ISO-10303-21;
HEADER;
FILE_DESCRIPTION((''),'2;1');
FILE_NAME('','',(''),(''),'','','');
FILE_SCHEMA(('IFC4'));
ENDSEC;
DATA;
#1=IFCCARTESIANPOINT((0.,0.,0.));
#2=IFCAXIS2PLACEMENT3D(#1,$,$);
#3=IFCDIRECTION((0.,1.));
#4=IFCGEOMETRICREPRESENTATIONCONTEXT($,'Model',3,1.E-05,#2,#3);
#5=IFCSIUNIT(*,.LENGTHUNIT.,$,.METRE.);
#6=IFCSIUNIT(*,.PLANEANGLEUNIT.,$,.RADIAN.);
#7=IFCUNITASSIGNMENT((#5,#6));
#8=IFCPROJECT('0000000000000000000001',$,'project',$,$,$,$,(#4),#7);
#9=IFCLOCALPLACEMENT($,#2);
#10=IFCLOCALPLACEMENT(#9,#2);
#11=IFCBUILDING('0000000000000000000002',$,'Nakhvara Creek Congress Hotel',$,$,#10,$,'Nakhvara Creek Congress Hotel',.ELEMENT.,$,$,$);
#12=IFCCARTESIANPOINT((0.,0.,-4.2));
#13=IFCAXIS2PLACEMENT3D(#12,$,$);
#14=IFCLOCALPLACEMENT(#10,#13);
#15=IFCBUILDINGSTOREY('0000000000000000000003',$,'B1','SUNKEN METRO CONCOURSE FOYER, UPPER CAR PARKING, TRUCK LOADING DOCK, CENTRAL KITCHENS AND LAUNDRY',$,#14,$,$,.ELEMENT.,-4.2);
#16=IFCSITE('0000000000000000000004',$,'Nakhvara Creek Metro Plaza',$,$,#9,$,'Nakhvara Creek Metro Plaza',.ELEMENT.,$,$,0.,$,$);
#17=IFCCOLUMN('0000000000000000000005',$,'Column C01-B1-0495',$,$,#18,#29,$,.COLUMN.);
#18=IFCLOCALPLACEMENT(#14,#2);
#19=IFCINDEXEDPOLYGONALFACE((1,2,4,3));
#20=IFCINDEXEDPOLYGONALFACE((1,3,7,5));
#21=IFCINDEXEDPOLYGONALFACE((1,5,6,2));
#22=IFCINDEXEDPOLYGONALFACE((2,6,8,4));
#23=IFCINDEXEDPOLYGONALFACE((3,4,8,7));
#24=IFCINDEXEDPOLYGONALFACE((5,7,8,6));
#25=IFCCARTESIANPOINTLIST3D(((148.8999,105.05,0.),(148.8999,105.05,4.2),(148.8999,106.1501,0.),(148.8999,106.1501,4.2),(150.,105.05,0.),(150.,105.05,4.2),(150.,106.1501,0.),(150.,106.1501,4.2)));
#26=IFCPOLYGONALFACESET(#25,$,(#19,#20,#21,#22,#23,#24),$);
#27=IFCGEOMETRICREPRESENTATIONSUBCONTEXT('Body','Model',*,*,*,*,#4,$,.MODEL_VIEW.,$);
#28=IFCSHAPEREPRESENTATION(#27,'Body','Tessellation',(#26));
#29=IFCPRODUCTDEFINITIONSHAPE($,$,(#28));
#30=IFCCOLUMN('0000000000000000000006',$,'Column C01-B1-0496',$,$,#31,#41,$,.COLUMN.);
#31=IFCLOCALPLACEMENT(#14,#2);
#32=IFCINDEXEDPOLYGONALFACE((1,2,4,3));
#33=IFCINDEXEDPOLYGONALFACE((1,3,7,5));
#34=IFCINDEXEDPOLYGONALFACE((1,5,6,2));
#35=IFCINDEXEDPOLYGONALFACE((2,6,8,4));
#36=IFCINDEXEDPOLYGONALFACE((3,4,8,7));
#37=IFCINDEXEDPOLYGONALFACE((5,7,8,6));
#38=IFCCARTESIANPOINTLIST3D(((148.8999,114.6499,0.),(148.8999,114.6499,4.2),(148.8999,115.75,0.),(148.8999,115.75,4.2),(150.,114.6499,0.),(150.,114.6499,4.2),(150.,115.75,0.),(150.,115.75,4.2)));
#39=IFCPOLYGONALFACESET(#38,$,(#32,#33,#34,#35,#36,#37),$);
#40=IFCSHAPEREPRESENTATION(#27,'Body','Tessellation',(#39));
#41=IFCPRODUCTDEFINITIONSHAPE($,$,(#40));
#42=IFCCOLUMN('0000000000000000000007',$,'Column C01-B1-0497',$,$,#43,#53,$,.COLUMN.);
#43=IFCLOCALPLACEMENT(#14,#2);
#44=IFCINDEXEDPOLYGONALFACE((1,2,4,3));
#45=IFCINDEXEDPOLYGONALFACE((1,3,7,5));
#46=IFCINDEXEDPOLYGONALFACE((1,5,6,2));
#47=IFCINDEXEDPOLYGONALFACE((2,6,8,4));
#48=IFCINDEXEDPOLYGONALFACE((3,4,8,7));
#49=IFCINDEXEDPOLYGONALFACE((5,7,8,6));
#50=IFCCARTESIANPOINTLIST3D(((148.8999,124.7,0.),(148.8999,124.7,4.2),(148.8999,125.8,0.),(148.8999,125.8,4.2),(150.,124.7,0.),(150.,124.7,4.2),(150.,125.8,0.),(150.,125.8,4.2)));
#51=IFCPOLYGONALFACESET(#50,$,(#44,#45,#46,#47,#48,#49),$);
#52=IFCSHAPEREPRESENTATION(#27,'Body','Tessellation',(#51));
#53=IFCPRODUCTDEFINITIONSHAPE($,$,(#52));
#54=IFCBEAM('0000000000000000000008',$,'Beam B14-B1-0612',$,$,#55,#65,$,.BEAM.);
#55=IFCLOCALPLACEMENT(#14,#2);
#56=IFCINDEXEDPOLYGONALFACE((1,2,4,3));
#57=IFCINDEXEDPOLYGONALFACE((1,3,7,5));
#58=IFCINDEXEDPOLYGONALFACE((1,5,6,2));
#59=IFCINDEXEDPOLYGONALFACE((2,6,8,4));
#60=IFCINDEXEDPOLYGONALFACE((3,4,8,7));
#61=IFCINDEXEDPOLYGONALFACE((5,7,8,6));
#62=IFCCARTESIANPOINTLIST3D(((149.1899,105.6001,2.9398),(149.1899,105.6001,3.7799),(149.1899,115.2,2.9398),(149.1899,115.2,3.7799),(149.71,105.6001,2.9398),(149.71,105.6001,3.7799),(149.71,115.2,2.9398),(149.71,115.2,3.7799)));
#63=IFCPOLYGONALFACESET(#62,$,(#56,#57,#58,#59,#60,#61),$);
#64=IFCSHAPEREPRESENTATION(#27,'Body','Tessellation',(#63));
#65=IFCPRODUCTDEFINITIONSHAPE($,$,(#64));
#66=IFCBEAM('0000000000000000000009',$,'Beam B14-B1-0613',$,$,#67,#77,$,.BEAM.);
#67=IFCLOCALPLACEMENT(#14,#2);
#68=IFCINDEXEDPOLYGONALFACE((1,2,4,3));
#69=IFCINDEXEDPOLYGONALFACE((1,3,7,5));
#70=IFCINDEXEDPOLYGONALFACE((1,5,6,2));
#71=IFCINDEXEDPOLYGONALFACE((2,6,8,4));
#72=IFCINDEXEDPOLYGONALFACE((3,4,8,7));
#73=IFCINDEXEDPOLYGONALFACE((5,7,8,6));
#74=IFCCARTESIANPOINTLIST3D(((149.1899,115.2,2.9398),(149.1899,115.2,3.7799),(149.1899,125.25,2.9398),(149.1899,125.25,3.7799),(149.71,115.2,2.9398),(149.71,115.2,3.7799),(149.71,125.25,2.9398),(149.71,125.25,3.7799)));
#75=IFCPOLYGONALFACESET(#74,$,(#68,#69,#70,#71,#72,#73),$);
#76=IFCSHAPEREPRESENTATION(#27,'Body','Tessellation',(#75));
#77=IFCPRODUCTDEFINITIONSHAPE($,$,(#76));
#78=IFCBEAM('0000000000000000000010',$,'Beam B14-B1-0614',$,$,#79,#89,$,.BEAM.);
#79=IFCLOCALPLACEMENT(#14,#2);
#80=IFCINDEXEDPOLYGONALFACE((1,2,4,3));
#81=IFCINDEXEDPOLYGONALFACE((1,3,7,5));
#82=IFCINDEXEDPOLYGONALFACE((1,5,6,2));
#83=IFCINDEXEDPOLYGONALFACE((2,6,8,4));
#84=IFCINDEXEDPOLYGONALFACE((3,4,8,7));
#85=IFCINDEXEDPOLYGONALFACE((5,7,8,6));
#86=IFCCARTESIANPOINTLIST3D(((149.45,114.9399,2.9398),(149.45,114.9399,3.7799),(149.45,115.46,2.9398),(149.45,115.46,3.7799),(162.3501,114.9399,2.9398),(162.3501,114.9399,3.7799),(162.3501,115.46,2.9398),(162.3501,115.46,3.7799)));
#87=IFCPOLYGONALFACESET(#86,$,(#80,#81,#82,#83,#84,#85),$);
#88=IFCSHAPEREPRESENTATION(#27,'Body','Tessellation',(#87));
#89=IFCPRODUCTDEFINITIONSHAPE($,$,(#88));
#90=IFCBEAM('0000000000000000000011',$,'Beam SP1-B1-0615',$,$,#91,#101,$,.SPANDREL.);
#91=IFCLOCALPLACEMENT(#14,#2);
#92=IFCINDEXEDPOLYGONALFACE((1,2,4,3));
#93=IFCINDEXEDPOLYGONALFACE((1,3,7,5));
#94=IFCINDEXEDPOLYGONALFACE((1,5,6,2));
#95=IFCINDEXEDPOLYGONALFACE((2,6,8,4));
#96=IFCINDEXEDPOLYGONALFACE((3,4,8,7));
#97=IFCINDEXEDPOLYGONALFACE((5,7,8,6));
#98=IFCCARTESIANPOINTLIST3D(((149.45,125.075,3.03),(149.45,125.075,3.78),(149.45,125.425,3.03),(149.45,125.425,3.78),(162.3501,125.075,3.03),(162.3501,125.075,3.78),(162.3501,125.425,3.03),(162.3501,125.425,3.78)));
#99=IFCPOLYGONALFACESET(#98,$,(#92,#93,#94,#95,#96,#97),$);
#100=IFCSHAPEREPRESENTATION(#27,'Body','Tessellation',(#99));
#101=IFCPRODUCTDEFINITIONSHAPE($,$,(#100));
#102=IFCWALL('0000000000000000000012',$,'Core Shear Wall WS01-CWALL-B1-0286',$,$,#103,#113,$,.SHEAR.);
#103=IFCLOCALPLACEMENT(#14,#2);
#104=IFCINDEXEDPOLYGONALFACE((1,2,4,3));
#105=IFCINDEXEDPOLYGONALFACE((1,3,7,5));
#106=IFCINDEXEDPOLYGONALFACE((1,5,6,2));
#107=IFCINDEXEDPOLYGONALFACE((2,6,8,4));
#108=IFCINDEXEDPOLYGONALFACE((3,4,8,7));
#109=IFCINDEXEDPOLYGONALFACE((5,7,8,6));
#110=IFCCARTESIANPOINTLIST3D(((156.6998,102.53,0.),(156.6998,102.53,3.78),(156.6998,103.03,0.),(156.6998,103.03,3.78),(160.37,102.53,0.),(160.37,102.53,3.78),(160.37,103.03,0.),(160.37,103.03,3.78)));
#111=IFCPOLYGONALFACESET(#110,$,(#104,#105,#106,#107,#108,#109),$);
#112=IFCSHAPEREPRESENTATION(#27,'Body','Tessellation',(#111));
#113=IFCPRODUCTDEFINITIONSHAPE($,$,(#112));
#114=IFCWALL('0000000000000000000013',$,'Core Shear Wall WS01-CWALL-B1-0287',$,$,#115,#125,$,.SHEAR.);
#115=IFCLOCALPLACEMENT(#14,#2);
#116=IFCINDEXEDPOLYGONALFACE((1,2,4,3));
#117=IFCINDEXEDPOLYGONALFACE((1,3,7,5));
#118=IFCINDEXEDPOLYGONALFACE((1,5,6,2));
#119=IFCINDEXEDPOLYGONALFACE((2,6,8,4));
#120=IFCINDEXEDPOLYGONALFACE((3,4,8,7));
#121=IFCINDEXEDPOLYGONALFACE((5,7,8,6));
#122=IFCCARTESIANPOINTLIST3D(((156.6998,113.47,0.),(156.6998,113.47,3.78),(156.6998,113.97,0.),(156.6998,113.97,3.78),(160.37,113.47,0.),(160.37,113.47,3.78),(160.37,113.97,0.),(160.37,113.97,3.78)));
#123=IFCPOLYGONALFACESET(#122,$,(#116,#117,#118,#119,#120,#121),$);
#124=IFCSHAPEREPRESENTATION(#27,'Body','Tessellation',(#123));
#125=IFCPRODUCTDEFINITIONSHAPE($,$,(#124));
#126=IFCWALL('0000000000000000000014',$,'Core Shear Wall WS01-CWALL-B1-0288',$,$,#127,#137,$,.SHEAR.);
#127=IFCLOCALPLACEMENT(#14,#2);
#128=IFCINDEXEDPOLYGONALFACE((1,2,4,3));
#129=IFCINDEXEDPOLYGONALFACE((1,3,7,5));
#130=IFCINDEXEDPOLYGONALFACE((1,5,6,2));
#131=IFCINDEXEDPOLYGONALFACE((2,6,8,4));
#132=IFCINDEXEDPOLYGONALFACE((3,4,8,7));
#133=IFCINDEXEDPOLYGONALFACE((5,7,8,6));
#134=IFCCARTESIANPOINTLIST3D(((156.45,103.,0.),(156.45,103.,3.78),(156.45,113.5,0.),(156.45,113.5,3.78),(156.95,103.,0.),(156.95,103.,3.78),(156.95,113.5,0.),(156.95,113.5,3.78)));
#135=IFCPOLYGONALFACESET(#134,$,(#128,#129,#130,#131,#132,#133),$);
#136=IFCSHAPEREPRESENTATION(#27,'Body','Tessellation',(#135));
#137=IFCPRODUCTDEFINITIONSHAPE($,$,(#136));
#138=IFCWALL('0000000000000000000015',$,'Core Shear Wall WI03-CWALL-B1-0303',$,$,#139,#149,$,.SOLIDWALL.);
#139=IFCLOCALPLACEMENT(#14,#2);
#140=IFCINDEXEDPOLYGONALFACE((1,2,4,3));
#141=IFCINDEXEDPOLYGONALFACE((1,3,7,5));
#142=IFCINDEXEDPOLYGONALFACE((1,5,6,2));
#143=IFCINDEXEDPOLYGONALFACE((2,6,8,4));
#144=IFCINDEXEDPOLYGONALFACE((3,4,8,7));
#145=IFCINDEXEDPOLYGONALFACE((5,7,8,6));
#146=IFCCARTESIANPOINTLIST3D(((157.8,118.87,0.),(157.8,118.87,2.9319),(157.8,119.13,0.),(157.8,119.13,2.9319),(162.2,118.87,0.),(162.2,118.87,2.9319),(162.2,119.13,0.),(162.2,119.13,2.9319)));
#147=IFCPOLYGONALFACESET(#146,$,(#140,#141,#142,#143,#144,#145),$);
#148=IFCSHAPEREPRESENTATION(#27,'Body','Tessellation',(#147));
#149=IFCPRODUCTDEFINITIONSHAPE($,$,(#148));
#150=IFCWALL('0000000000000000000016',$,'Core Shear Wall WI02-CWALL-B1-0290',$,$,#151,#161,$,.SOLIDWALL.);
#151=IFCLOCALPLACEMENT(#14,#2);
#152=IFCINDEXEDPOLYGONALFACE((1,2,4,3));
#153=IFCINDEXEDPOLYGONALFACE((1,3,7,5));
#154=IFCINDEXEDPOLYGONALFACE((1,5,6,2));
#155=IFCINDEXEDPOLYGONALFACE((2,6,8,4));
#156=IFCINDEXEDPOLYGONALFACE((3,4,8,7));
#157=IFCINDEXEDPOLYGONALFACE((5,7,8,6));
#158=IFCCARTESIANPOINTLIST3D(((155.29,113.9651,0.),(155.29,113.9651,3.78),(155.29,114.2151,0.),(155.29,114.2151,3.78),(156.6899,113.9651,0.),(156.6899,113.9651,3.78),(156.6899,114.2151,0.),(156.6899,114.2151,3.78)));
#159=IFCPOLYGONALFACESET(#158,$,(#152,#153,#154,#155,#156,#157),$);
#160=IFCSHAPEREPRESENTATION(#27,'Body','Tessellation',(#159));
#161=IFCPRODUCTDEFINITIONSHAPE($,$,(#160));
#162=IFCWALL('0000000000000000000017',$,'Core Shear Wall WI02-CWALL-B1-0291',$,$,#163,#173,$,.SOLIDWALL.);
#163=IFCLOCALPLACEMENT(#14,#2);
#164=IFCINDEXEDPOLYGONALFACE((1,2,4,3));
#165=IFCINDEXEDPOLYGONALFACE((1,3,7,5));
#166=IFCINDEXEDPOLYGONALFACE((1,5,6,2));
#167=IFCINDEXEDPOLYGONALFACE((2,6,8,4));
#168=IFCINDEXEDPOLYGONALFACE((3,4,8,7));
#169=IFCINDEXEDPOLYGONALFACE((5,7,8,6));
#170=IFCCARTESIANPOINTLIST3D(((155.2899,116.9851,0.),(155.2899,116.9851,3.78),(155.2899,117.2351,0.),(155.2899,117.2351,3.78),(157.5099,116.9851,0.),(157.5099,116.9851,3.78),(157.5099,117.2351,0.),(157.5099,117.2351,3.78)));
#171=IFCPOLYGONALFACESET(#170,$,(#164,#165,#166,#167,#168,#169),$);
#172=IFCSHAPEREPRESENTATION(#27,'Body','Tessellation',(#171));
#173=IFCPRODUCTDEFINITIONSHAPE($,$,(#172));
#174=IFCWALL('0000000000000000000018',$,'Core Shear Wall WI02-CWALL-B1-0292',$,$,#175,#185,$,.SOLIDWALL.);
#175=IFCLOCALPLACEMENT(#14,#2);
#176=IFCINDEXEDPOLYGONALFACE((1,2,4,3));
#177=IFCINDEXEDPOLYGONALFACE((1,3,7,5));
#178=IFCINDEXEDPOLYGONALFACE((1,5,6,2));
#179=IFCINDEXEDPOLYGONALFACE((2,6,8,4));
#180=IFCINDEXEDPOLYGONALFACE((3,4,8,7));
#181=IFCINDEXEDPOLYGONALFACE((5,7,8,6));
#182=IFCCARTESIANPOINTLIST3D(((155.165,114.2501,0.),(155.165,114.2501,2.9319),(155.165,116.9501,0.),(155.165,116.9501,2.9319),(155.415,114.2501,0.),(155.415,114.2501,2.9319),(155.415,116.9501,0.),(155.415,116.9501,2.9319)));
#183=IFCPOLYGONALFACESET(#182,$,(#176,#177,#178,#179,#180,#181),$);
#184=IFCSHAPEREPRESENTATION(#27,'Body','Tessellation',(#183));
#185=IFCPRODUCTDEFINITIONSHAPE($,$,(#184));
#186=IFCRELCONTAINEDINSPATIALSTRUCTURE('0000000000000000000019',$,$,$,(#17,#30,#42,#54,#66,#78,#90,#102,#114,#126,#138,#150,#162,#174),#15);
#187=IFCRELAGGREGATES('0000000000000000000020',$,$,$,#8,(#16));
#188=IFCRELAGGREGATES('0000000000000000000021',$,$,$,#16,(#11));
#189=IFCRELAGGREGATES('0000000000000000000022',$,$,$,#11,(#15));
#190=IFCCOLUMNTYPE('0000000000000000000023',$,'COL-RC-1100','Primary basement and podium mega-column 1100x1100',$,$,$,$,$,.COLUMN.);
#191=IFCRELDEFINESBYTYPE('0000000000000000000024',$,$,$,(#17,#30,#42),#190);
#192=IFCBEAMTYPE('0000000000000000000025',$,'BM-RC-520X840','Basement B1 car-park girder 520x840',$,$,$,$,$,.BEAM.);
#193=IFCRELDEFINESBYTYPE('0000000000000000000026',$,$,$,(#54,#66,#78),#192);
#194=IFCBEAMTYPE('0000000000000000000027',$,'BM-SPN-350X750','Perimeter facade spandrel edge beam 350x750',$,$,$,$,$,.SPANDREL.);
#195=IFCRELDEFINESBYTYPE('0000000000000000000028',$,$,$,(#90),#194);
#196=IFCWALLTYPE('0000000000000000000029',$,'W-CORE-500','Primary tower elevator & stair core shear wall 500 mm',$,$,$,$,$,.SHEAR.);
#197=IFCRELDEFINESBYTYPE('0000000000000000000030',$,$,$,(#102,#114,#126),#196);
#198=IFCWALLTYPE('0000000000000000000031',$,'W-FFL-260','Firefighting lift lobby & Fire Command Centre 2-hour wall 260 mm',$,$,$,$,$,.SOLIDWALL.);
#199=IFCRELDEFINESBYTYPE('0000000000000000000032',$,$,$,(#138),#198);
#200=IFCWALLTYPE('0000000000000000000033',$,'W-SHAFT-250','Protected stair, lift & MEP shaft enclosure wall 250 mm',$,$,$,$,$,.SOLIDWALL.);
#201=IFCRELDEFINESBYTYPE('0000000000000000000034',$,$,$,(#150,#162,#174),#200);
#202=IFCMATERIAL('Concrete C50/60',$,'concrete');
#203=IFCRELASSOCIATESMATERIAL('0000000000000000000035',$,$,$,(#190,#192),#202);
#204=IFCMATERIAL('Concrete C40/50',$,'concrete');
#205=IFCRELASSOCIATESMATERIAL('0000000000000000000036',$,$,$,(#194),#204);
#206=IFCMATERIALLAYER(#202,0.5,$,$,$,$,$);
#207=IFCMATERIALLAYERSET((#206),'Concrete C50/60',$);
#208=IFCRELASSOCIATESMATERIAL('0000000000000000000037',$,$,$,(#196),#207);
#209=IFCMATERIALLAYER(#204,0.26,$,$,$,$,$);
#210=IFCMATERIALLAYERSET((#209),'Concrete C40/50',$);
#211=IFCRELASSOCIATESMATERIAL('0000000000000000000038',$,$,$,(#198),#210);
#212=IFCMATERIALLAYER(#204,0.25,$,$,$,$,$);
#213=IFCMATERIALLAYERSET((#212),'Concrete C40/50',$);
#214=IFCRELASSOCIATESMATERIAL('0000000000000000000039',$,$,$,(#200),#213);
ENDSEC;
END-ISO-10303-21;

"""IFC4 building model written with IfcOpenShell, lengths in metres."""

from ifc_helpers import new_model, si_unit, direction, frame, frame_2d, origin, origin_2d, place, context, subcontext, project, spatial, rectangle, extrude, material, layer, layer_set, material_profile, profile_set, type_object, element, save


model = new_model("IFC4")

# Units and contexts
model_context = context("Model", 3, precision=1e-05, world=origin(), true_north=direction((0.0, 1.0)))
body_context = subcontext(model_context, "Body", "Model", "MODEL_VIEW")
ifc_project = project(units=[si_unit("LENGTHUNIT", "METRE"), si_unit("PLANEANGLEUNIT", "RADIAN")], contexts=[model_context])

# Site, building, storey
site_placement = place(None, origin())
site = spatial("IfcSite", under=ifc_project, at=site_placement, Name="Nakhvara Creek Metro Plaza", LongName="Nakhvara Creek Metro Plaza", CompositionType="ELEMENT", RefElevation=0.0)
building_placement = place(site_placement, origin())
building = spatial("IfcBuilding", under=site, at=building_placement, Name="Nakhvara Creek Congress Hotel", LongName="Nakhvara Creek Congress Hotel", CompositionType="ELEMENT")
storey_placement = place(building_placement, frame((0.0, 0.0, -4.2)))
storey = spatial("IfcBuildingStorey", under=building, at=storey_placement, Name="B1", Description="SUNKEN METRO CONCOURSE FOYER, UPPER CAR PARKING, TRUCK LOADING DOCK, CENTRAL KITCHENS AND LAUNDRY", CompositionType="ELEMENT", Elevation=-4.2)

# Columns
ifc_material_1 = material(Name="Concrete C50/60", Category="concrete")
ifc_material_profile_1 = material_profile(ifc_material_1, rectangle(XDim=1.1001, YDim=1.1001, at=origin_2d()), Name="RC-COL 1100x1100", Category="LoadBearing")
ifc_profile_set_1 = profile_set([ifc_material_profile_1], Name="Concrete C50/60")
column_type = type_object("IfcColumnType", Name="COL-RC-1100", Description="Primary basement and podium mega-column 1100x1100", PredefinedType="COLUMN", material=ifc_profile_set_1)
for number, where, z_axis, x_axis, name in (
    (1, (149.45, 105.6001, 0.0), (0.0, 0.0, 1.0), (1.0, 0.0, 0.0), "Column C01-B1-0495"),
    (2, (149.45, 115.2, 0.0), (0.0, 0.0, 1.0), (1.0, 0.0, 0.0), "Column C01-B1-0496"),
    (3, (149.45, 125.25, 0.0), (0.0, 0.0, 1.0), (1.0, 0.0, 0.0), "Column C01-B1-0497"),
):
    element("IfcColumn", number, at=place(storey_placement, frame(where, z_axis=z_axis, x_axis=x_axis)), inside=storey, type_object=column_type, Name=name, PredefinedType="COLUMN", context=body_context, shape_type="SweptSolid", body=[
        extrude(rectangle(XDim=1.1001, YDim=1.1001, at=origin_2d()), origin(), (0.0, 0.0, 1.0), 4.2),
    ])

# Beams
ifc_material_profile_2 = material_profile(ifc_material_1, rectangle(XDim=0.52, YDim=0.8401, at=origin_2d()), Name="RC-BM 520x840", Category="LoadBearing")
ifc_profile_set_2 = profile_set([ifc_material_profile_2], Name="Concrete C50/60")
beam_type_1 = type_object("IfcBeamType", Name="BM-RC-520X840", Description="Basement B1 car-park girder 520x840", PredefinedType="BEAM", material=ifc_profile_set_2)
beam_1_placement = place(storey_placement, frame((149.45, 105.6001, 3.3599), z_axis=(0.0, 1.0, 0.0), x_axis=(-1.0, 0.0, 0.0)))
element("IfcBeam", 4, at=beam_1_placement, inside=storey, type_object=beam_type_1, Name="Beam B14-B1-0612", PredefinedType="BEAM", context=body_context, shape_type="SweptSolid", body=[
    extrude(rectangle(XDim=0.52, YDim=0.8401, at=origin_2d()), origin(), (0.0, 0.0, 1.0), 9.5999),
])
beam_2_placement = place(storey_placement, frame((149.45, 115.2, 3.3599), z_axis=(0.0, 1.0, 0.0), x_axis=(-1.0, 0.0, 0.0)))
element("IfcBeam", 5, at=beam_2_placement, inside=storey, type_object=beam_type_1, Name="Beam B14-B1-0613", PredefinedType="BEAM", context=body_context, shape_type="SweptSolid", body=[
    extrude(rectangle(XDim=0.52, YDim=0.8401, at=origin_2d()), origin(), (0.0, 0.0, 1.0), 10.05),
])
beam_3_placement = place(storey_placement, frame((149.45, 115.2, 3.3599), z_axis=(1.0, 0.0, 0.0), x_axis=(0.0, 1.0, 0.0)))
element("IfcBeam", 6, at=beam_3_placement, inside=storey, type_object=beam_type_1, Name="Beam B14-B1-0614", PredefinedType="BEAM", context=body_context, shape_type="SweptSolid", body=[
    extrude(rectangle(XDim=0.52, YDim=0.8401, at=origin_2d()), origin(), (0.0, 0.0, 1.0), 12.9001),
])
ifc_material_2 = material(Name="Concrete C40/50", Category="concrete")
ifc_material_profile_3 = material_profile(ifc_material_2, rectangle(XDim=0.3501, YDim=0.75, at=origin_2d()), Name="RC-SPANDREL 350x750", Category="LoadBearing")
ifc_profile_set_3 = profile_set([ifc_material_profile_3], Name="Concrete C40/50")
beam_type_2 = type_object("IfcBeamType", Name="BM-SPN-350X750", Description="Perimeter facade spandrel edge beam 350x750", PredefinedType="SPANDREL", material=ifc_profile_set_3)
beam_4_placement = place(storey_placement, frame((149.45, 125.25, 3.405), z_axis=(1.0, 0.0, 0.0), x_axis=(0.0, 1.0, 0.0)))
element("IfcBeam", 7, at=beam_4_placement, inside=storey, type_object=beam_type_2, Name="Beam SP1-B1-0615", PredefinedType="SPANDREL", context=body_context, shape_type="SweptSolid", body=[
    extrude(rectangle(XDim=0.3501, YDim=0.75, at=origin_2d()), origin(), (0.0, 0.0, 1.0), 12.9001),
])

# Walls
ifc_layer_1 = layer(ifc_material_1, 0.5)
ifc_layer_set_1 = layer_set([ifc_layer_1], Name="Concrete C50/60")
wall_type_1 = type_object("IfcWallType", Name="W-CORE-500", Description="Primary tower elevator & stair core shear wall 500 mm", PredefinedType="SHEAR", material=ifc_layer_set_1)
for number, where, z_axis, x_axis, name in (
    (8, (156.7, 102.78, 0.0), (0.0, 0.0, 1.0), (1.0, 0.0, 0.0), "Core Shear Wall WS01-CWALL-B1-0286"),
    (9, (156.7, 113.72, 0.0), (0.0, 0.0, 1.0), (1.0, 0.0, 0.0), "Core Shear Wall WS01-CWALL-B1-0287"),
):
    element("IfcWall", number, at=place(storey_placement, frame(where, z_axis=z_axis, x_axis=x_axis)), inside=storey, type_object=wall_type_1, Name=name, PredefinedType="SHEAR", context=body_context, shape_type="SweptSolid", body=[
        extrude(rectangle(XDim=3.6702, YDim=0.5, at=frame_2d((1.835, 0.0))), origin(), (0.0, 0.0, 1.0), 3.78),
    ])
wall_1_placement = place(storey_placement, frame((156.7, 103.0, 0.0), z_axis=(0.0, 0.0, 1.0), x_axis=(0.0, 1.0, 0.0)))
element("IfcWall", 10, at=wall_1_placement, inside=storey, type_object=wall_type_1, Name="Core Shear Wall WS01-CWALL-B1-0288", PredefinedType="SHEAR", context=body_context, shape_type="SweptSolid", body=[
    extrude(rectangle(XDim=10.5, YDim=0.5, at=frame_2d((5.25, 0.0))), origin(), (0.0, 0.0, 1.0), 3.78),
])

# Walls
ifc_layer_2 = layer(ifc_material_2, 0.26)
ifc_layer_set_2 = layer_set([ifc_layer_2], Name="Concrete C40/50")
wall_type_2 = type_object("IfcWallType", Name="W-FFL-260", Description="Firefighting lift lobby & Fire Command Centre 2-hour wall 260 mm", PredefinedType="SOLIDWALL", material=ifc_layer_set_2)
wall_2_placement = place(storey_placement, frame((157.8, 119.0, 0.0), z_axis=(0.0, 0.0, 1.0), x_axis=(1.0, 0.0, 0.0)))
element("IfcWall", 11, at=wall_2_placement, inside=storey, type_object=wall_type_2, Name="Core Shear Wall WI03-CWALL-B1-0303", PredefinedType="SOLIDWALL", context=body_context, shape_type="SweptSolid", body=[
    extrude(rectangle(XDim=4.3999, YDim=0.26, at=frame_2d((2.2, 0.0))), origin(), (0.0, 0.0, 1.0), 2.9319),
])
ifc_layer_3 = layer(ifc_material_2, 0.25)
ifc_layer_set_3 = layer_set([ifc_layer_3], Name="Concrete C40/50")
wall_type_3 = type_object("IfcWallType", Name="W-SHAFT-250", Description="Protected stair, lift & MEP shaft enclosure wall 250 mm", PredefinedType="SOLIDWALL", material=ifc_layer_set_3)
wall_3_placement = place(storey_placement, frame((155.29, 114.0901, 0.0), z_axis=(0.0, 0.0, 1.0), x_axis=(1.0, 0.0, 0.0)))
element("IfcWall", 12, at=wall_3_placement, inside=storey, type_object=wall_type_3, Name="Core Shear Wall WI02-CWALL-B1-0290", PredefinedType="SOLIDWALL", context=body_context, shape_type="SweptSolid", body=[
    extrude(rectangle(XDim=1.3999, YDim=0.25, at=frame_2d((0.7, 0.0))), origin(), (0.0, 0.0, 1.0), 3.78),
])
wall_4_placement = place(storey_placement, frame((155.29, 117.1101, 0.0), z_axis=(0.0, 0.0, 1.0), x_axis=(1.0, 0.0, 0.0)))
element("IfcWall", 13, at=wall_4_placement, inside=storey, type_object=wall_type_3, Name="Core Shear Wall WI02-CWALL-B1-0291", PredefinedType="SOLIDWALL", context=body_context, shape_type="SweptSolid", body=[
    extrude(rectangle(XDim=2.22, YDim=0.25, at=frame_2d((1.1099, 0.0))), origin(), (0.0, 0.0, 1.0), 3.78),
])
wall_5_placement = place(storey_placement, frame((155.29, 114.25, 0.0), z_axis=(0.0, 0.0, 1.0), x_axis=(0.0, 1.0, 0.0)))
element("IfcWall", 14, at=wall_5_placement, inside=storey, type_object=wall_type_3, Name="Core Shear Wall WI02-CWALL-B1-0292", PredefinedType="SOLIDWALL", context=body_context, shape_type="SweptSolid", body=[
    extrude(rectangle(XDim=2.7, YDim=0.25, at=frame_2d((1.3501, 0.0))), origin(), (0.0, 0.0, 1.0), 2.9319),
])

save(model, "model.ifc")
